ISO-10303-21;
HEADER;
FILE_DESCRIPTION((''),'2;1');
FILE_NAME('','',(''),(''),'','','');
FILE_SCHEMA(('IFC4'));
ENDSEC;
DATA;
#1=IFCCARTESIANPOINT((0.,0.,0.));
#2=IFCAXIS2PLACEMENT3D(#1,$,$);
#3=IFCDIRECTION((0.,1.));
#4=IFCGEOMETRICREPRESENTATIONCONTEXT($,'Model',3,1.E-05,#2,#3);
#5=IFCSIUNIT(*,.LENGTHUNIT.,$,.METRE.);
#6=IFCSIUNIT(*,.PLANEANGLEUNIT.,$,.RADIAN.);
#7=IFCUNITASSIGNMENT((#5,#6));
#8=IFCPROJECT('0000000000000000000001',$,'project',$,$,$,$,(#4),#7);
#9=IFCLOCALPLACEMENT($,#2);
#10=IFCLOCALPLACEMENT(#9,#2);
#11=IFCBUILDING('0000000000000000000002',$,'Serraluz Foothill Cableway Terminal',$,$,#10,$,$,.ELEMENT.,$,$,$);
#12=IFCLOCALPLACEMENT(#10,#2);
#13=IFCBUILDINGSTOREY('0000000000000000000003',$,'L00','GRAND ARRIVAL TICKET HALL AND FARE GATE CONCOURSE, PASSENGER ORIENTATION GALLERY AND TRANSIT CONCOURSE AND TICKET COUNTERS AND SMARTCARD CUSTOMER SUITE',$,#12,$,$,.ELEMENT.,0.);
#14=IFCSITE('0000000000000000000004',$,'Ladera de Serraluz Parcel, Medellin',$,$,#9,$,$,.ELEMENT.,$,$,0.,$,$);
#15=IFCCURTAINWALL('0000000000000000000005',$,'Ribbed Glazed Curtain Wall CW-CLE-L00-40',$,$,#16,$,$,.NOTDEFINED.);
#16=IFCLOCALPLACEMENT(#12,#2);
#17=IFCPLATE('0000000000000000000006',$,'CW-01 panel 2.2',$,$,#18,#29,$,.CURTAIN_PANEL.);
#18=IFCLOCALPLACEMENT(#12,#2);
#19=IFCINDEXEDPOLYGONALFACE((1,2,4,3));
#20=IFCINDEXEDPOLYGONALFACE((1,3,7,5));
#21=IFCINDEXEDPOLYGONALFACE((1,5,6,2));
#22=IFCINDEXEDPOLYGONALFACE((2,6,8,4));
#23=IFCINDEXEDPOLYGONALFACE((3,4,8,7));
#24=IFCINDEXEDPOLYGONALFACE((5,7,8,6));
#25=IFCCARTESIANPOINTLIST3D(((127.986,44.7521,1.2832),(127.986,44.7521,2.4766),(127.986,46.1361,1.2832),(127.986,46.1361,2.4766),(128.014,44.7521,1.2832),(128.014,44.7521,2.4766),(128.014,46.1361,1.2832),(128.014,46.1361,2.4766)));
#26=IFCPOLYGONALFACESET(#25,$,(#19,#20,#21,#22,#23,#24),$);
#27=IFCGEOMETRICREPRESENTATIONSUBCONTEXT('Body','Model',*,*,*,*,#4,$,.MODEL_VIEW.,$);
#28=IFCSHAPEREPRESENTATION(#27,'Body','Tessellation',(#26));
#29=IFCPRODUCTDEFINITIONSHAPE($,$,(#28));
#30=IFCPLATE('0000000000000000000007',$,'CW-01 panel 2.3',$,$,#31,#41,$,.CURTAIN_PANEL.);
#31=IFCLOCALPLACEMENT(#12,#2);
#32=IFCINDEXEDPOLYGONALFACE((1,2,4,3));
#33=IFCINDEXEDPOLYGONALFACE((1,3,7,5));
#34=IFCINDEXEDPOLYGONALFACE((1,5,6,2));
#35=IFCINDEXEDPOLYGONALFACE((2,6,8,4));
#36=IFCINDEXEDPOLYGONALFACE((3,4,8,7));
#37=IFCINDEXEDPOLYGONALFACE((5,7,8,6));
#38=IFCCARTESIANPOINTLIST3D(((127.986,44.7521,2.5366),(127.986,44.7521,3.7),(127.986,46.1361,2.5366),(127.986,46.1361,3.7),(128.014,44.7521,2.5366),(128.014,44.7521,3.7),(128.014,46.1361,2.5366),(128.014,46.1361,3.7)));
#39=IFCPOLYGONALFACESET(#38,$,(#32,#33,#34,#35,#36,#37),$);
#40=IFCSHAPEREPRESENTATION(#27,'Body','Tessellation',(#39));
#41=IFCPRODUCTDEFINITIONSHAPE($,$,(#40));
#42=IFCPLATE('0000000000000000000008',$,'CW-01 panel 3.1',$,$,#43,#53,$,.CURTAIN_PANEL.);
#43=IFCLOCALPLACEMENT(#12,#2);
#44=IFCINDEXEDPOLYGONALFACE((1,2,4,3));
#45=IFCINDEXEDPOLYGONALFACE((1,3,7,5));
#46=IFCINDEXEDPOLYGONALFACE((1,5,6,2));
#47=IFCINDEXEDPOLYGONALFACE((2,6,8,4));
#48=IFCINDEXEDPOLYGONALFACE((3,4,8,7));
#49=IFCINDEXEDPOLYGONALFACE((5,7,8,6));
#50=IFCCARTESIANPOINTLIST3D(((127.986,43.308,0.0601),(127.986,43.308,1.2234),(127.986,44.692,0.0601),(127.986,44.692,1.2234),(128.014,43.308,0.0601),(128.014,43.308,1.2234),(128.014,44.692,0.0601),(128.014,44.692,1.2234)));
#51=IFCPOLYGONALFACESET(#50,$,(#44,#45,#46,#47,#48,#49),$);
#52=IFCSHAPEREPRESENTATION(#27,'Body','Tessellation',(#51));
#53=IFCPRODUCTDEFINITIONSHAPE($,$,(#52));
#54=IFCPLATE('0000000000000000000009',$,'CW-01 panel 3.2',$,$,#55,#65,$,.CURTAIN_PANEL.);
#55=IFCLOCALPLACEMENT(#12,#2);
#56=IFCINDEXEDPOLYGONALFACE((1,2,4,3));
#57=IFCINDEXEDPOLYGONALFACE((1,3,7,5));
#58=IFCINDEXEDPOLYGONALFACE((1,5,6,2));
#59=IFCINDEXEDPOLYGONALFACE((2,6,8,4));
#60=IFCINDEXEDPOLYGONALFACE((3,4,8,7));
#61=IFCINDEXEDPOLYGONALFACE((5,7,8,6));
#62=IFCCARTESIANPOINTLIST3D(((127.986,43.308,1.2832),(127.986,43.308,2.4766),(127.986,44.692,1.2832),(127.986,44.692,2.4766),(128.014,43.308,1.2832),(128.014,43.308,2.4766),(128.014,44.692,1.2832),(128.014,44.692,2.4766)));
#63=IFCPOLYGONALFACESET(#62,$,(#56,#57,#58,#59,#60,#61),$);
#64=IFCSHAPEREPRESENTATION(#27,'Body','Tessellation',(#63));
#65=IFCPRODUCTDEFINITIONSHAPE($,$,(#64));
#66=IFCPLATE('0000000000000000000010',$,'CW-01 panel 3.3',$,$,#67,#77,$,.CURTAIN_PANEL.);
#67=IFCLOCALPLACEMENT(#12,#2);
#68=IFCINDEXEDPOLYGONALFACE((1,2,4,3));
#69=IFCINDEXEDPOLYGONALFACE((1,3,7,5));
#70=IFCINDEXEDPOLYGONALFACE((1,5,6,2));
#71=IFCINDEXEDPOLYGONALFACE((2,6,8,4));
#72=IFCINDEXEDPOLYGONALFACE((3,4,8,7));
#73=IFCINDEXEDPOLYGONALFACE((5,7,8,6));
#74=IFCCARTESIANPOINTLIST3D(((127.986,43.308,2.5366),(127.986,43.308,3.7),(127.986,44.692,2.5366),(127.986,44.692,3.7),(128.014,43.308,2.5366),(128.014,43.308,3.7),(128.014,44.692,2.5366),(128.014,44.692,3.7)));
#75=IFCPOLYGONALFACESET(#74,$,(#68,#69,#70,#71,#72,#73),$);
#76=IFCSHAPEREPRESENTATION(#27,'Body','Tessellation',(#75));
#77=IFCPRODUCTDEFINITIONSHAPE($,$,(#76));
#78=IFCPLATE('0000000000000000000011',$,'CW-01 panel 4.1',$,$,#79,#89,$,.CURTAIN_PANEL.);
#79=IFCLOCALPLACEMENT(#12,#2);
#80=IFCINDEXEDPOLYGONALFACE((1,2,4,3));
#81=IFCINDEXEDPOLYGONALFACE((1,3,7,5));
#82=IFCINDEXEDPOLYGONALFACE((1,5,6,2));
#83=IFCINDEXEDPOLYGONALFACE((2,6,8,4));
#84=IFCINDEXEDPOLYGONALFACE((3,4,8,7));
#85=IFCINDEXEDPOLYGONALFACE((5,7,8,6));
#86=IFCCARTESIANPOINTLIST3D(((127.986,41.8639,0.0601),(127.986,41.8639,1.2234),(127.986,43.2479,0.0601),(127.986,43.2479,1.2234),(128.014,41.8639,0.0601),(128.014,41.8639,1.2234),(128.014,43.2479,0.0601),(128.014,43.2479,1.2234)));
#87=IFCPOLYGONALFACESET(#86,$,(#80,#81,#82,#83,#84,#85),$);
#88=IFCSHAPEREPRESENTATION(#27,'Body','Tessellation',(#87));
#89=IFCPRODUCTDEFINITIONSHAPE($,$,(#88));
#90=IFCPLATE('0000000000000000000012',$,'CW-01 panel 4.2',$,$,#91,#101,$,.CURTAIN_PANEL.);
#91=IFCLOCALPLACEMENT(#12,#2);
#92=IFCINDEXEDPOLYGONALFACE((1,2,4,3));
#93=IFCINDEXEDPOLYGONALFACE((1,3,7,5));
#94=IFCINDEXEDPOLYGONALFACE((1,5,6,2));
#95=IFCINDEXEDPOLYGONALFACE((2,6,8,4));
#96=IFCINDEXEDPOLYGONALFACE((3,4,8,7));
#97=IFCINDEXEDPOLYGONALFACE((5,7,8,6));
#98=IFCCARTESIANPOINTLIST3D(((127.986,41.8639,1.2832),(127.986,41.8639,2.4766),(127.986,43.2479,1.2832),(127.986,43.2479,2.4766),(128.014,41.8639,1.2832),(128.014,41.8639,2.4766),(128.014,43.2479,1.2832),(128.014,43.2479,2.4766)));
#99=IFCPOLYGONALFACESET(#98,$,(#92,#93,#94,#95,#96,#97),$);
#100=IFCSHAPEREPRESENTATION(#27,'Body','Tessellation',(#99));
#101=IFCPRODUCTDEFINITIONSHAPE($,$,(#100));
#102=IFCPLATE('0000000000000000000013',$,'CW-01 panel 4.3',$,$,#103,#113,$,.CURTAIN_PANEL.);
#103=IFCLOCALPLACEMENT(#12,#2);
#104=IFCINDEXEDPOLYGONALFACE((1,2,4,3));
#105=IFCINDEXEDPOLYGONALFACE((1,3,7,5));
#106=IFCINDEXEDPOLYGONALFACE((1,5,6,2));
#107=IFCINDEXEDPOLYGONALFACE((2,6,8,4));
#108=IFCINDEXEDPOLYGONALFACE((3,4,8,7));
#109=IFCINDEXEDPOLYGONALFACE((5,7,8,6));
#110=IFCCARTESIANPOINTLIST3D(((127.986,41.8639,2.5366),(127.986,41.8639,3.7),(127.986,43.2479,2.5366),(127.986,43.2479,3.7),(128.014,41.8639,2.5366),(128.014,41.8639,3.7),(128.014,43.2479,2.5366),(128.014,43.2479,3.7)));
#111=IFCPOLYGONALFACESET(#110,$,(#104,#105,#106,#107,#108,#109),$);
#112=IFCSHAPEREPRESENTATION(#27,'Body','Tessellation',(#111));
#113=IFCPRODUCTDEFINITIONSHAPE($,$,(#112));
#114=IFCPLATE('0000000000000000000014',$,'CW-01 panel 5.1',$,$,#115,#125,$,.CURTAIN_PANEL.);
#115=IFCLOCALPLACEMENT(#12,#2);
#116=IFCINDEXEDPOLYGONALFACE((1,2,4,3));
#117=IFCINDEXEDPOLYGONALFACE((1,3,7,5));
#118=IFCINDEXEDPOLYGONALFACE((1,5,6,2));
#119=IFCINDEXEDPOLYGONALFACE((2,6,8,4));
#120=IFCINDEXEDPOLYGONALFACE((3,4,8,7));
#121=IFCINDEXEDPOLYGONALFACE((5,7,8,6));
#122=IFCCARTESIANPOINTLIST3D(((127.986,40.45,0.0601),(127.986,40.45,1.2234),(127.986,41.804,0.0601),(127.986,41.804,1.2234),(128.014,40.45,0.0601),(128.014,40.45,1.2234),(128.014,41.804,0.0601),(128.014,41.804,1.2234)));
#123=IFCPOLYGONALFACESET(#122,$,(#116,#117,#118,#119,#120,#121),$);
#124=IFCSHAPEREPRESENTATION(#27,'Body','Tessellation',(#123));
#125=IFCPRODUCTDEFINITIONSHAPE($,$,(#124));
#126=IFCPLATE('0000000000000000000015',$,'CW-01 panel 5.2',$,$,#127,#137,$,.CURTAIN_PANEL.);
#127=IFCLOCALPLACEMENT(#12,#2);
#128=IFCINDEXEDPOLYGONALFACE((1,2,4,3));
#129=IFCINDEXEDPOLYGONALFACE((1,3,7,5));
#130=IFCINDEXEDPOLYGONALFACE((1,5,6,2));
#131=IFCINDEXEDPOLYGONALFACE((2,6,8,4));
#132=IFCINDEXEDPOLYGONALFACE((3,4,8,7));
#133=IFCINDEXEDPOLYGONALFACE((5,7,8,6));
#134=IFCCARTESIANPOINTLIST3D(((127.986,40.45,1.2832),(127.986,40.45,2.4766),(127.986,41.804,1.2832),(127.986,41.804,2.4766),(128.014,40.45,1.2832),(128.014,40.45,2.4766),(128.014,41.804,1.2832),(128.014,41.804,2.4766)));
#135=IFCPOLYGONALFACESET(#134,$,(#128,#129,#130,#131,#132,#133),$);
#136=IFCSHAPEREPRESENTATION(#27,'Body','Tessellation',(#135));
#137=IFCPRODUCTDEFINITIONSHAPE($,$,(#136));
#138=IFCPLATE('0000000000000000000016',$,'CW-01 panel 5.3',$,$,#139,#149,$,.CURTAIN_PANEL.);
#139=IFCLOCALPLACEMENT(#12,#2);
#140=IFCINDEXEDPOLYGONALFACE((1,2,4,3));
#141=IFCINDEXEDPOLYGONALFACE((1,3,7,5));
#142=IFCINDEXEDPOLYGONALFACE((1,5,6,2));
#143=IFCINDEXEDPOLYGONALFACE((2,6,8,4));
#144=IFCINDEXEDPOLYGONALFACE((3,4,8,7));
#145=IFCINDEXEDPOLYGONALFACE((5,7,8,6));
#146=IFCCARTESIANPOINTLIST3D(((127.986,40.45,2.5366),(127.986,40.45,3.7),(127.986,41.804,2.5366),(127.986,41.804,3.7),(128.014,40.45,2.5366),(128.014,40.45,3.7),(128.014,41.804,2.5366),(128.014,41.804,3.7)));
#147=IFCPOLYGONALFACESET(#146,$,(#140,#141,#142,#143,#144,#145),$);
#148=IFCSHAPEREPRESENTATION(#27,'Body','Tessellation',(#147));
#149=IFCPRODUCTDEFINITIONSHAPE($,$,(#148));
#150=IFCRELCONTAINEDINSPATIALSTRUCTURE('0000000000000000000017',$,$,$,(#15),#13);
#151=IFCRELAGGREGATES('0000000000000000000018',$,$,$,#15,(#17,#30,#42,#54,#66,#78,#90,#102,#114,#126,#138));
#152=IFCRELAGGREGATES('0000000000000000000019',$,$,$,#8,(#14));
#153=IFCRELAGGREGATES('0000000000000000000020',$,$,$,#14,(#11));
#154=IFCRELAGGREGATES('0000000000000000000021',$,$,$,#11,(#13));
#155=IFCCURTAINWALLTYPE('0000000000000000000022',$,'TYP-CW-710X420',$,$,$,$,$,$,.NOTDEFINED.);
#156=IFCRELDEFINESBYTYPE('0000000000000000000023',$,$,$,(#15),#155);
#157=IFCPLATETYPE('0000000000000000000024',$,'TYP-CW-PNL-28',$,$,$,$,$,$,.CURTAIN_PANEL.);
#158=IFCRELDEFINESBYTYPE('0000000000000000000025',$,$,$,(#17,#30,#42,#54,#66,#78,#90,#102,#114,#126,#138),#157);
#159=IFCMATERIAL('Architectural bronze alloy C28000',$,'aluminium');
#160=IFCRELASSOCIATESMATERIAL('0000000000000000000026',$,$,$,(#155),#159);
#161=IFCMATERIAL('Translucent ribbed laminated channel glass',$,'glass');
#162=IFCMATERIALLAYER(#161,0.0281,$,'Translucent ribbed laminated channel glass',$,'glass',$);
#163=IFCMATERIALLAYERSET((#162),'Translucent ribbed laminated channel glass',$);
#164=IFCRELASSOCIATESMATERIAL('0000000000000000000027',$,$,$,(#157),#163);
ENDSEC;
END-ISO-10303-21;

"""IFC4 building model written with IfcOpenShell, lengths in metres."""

from ifc_helpers import new_model, si_unit, direction, frame, origin, origin_2d, place, context, subcontext, project, spatial, rectangle, extrude, material, layer, layer_set, type_object, element, aggregate, save


model = new_model("IFC4")

# Units and contexts
model_context = context("Model", 3, precision=1e-05, world=origin(), true_north=direction((0.0, 1.0)))
body_context = subcontext(model_context, "Body", "Model", "MODEL_VIEW")
ifc_project = project(units=[si_unit("LENGTHUNIT", "METRE"), si_unit("PLANEANGLEUNIT", "RADIAN")], contexts=[model_context])

# Site, building, storey
site_placement = place(None, origin())
site = spatial("IfcSite", under=ifc_project, at=site_placement, Name="Ladera de Serraluz Parcel, Medellin", CompositionType="ELEMENT", RefElevation=0.0)
building_placement = place(site_placement, origin())
building = spatial("IfcBuilding", under=site, at=building_placement, Name="Serraluz Foothill Cableway Terminal", CompositionType="ELEMENT")
storey_placement = place(building_placement, origin())
storey = spatial("IfcBuildingStorey", under=building, at=storey_placement, Name="L00", Description="GRAND ARRIVAL TICKET HALL AND FARE GATE CONCOURSE, PASSENGER ORIENTATION GALLERY AND TRANSIT CONCOURSE AND TICKET COUNTERS AND SMARTCARD CUSTOMER SUITE", CompositionType="ELEMENT", Elevation=0.0)

# Shared definitions
ifc_material_1 = material(Name="Architectural bronze alloy C28000", Category="aluminium")
curtain_wall_type = type_object("IfcCurtainWallType", Name="TYP-CW-710X420", PredefinedType="NOTDEFINED", material=ifc_material_1)

# Curtain wall
curtain_wall_1_placement = place(storey_placement, origin())
curtain_wall_1 = element("IfcCurtainWall", 1, at=curtain_wall_1_placement, inside=storey, type_object=curtain_wall_type, Name="Ribbed Glazed Curtain Wall CW-CLE-L00-40", PredefinedType="NOTDEFINED")

# Plates
ifc_material_2 = material(Name="Translucent ribbed laminated channel glass", Category="glass")
ifc_layer = layer(ifc_material_2, 0.0281, Name="Translucent ribbed laminated channel glass", Category="glass")
ifc_layer_set = layer_set([ifc_layer], Name="Translucent ribbed laminated channel glass")
plate_type = type_object("IfcPlateType", Name="TYP-CW-PNL-28", PredefinedType="CURTAIN_PANEL", material=ifc_layer_set)
plate_1_placement = place(storey_placement, frame((128.0, 45.4441, 1.2832), z_axis=(0.0, 0.0, 1.0), x_axis=(0.0, -1.0, 0.0)))
plate_1 = element("IfcPlate", 2, at=plate_1_placement, type_object=plate_type, Name="CW-01 panel 2.2", PredefinedType="CURTAIN_PANEL", context=body_context, shape_type="SweptSolid", body=[
    extrude(rectangle(XDim=1.384, YDim=0.0281, at=origin_2d()), origin(), (0.0, 0.0, 1.0), 1.1934),
])
plate_2_placement = place(storey_placement, frame((128.0, 45.4441, 2.5366), z_axis=(0.0, 0.0, 1.0), x_axis=(0.0, -1.0, 0.0)))
plate_2 = element("IfcPlate", 3, at=plate_2_placement, type_object=plate_type, Name="CW-01 panel 2.3", PredefinedType="CURTAIN_PANEL", context=body_context, shape_type="SweptSolid", body=[
    extrude(rectangle(XDim=1.384, YDim=0.0281, at=origin_2d()), origin(), (0.0, 0.0, 1.0), 1.1633),
])
plate_3_placement = place(storey_placement, frame((128.0, 44.0, 0.0601), z_axis=(0.0, 0.0, 1.0), x_axis=(0.0, -1.0, 0.0)))
plate_3 = element("IfcPlate", 4, at=plate_3_placement, type_object=plate_type, Name="CW-01 panel 3.1", PredefinedType="CURTAIN_PANEL", context=body_context, shape_type="SweptSolid", body=[
    extrude(rectangle(XDim=1.384, YDim=0.0281, at=origin_2d()), origin(), (0.0, 0.0, 1.0), 1.1633),
])
plate_4_placement = place(storey_placement, frame((128.0, 44.0, 1.2832), z_axis=(0.0, 0.0, 1.0), x_axis=(0.0, -1.0, 0.0)))
plate_4 = element("IfcPlate", 5, at=plate_4_placement, type_object=plate_type, Name="CW-01 panel 3.2", PredefinedType="CURTAIN_PANEL", context=body_context, shape_type="SweptSolid", body=[
    extrude(rectangle(XDim=1.384, YDim=0.0281, at=origin_2d()), origin(), (0.0, 0.0, 1.0), 1.1934),
])
plate_5_placement = place(storey_placement, frame((128.0, 44.0, 2.5366), z_axis=(0.0, 0.0, 1.0), x_axis=(0.0, -1.0, 0.0)))
plate_5 = element("IfcPlate", 6, at=plate_5_placement, type_object=plate_type, Name="CW-01 panel 3.3", PredefinedType="CURTAIN_PANEL", context=body_context, shape_type="SweptSolid", body=[
    extrude(rectangle(XDim=1.384, YDim=0.0281, at=origin_2d()), origin(), (0.0, 0.0, 1.0), 1.1633),
])
plate_6_placement = place(storey_placement, frame((128.0, 42.5559, 0.0601), z_axis=(0.0, 0.0, 1.0), x_axis=(0.0, -1.0, 0.0)))
plate_6 = element("IfcPlate", 7, at=plate_6_placement, type_object=plate_type, Name="CW-01 panel 4.1", PredefinedType="CURTAIN_PANEL", context=body_context, shape_type="SweptSolid", body=[
    extrude(rectangle(XDim=1.384, YDim=0.0281, at=origin_2d()), origin(), (0.0, 0.0, 1.0), 1.1633),
])
plate_7_placement = place(storey_placement, frame((128.0, 42.5559, 1.2832), z_axis=(0.0, 0.0, 1.0), x_axis=(0.0, -1.0, 0.0)))
plate_7 = element("IfcPlate", 8, at=plate_7_placement, type_object=plate_type, Name="CW-01 panel 4.2", PredefinedType="CURTAIN_PANEL", context=body_context, shape_type="SweptSolid", body=[
    extrude(rectangle(XDim=1.384, YDim=0.0281, at=origin_2d()), origin(), (0.0, 0.0, 1.0), 1.1934),
])
plate_8_placement = place(storey_placement, frame((128.0, 42.5559, 2.5366), z_axis=(0.0, 0.0, 1.0), x_axis=(0.0, -1.0, 0.0)))
plate_8 = element("IfcPlate", 9, at=plate_8_placement, type_object=plate_type, Name="CW-01 panel 4.3", PredefinedType="CURTAIN_PANEL", context=body_context, shape_type="SweptSolid", body=[
    extrude(rectangle(XDim=1.384, YDim=0.0281, at=origin_2d()), origin(), (0.0, 0.0, 1.0), 1.1633),
])
plate_9_placement = place(storey_placement, frame((128.0, 41.127, 0.0601), z_axis=(0.0, 0.0, 1.0), x_axis=(0.0, -1.0, 0.0)))
plate_9 = element("IfcPlate", 10, at=plate_9_placement, type_object=plate_type, Name="CW-01 panel 5.1", PredefinedType="CURTAIN_PANEL", context=body_context, shape_type="SweptSolid", body=[
    extrude(rectangle(XDim=1.354, YDim=0.0281, at=origin_2d()), origin(), (0.0, 0.0, 1.0), 1.1633),
])
plate_10_placement = place(storey_placement, frame((128.0, 41.127, 1.2832), z_axis=(0.0, 0.0, 1.0), x_axis=(0.0, -1.0, 0.0)))
plate_10 = element("IfcPlate", 11, at=plate_10_placement, type_object=plate_type, Name="CW-01 panel 5.2", PredefinedType="CURTAIN_PANEL", context=body_context, shape_type="SweptSolid", body=[
    extrude(rectangle(XDim=1.354, YDim=0.0281, at=origin_2d()), origin(), (0.0, 0.0, 1.0), 1.1934),
])
plate_11_placement = place(storey_placement, frame((128.0, 41.127, 2.5366), z_axis=(0.0, 0.0, 1.0), x_axis=(0.0, -1.0, 0.0)))
plate_11 = element("IfcPlate", 12, at=plate_11_placement, type_object=plate_type, Name="CW-01 panel 5.3", PredefinedType="CURTAIN_PANEL", context=body_context, shape_type="SweptSolid", body=[
    extrude(rectangle(XDim=1.354, YDim=0.0281, at=origin_2d()), origin(), (0.0, 0.0, 1.0), 1.1633),
])
aggregate(curtain_wall_1, [plate_1, plate_2, plate_3, plate_4, plate_5, plate_6, plate_7, plate_8, plate_9, plate_10, plate_11])

save(model, "model.ifc")
